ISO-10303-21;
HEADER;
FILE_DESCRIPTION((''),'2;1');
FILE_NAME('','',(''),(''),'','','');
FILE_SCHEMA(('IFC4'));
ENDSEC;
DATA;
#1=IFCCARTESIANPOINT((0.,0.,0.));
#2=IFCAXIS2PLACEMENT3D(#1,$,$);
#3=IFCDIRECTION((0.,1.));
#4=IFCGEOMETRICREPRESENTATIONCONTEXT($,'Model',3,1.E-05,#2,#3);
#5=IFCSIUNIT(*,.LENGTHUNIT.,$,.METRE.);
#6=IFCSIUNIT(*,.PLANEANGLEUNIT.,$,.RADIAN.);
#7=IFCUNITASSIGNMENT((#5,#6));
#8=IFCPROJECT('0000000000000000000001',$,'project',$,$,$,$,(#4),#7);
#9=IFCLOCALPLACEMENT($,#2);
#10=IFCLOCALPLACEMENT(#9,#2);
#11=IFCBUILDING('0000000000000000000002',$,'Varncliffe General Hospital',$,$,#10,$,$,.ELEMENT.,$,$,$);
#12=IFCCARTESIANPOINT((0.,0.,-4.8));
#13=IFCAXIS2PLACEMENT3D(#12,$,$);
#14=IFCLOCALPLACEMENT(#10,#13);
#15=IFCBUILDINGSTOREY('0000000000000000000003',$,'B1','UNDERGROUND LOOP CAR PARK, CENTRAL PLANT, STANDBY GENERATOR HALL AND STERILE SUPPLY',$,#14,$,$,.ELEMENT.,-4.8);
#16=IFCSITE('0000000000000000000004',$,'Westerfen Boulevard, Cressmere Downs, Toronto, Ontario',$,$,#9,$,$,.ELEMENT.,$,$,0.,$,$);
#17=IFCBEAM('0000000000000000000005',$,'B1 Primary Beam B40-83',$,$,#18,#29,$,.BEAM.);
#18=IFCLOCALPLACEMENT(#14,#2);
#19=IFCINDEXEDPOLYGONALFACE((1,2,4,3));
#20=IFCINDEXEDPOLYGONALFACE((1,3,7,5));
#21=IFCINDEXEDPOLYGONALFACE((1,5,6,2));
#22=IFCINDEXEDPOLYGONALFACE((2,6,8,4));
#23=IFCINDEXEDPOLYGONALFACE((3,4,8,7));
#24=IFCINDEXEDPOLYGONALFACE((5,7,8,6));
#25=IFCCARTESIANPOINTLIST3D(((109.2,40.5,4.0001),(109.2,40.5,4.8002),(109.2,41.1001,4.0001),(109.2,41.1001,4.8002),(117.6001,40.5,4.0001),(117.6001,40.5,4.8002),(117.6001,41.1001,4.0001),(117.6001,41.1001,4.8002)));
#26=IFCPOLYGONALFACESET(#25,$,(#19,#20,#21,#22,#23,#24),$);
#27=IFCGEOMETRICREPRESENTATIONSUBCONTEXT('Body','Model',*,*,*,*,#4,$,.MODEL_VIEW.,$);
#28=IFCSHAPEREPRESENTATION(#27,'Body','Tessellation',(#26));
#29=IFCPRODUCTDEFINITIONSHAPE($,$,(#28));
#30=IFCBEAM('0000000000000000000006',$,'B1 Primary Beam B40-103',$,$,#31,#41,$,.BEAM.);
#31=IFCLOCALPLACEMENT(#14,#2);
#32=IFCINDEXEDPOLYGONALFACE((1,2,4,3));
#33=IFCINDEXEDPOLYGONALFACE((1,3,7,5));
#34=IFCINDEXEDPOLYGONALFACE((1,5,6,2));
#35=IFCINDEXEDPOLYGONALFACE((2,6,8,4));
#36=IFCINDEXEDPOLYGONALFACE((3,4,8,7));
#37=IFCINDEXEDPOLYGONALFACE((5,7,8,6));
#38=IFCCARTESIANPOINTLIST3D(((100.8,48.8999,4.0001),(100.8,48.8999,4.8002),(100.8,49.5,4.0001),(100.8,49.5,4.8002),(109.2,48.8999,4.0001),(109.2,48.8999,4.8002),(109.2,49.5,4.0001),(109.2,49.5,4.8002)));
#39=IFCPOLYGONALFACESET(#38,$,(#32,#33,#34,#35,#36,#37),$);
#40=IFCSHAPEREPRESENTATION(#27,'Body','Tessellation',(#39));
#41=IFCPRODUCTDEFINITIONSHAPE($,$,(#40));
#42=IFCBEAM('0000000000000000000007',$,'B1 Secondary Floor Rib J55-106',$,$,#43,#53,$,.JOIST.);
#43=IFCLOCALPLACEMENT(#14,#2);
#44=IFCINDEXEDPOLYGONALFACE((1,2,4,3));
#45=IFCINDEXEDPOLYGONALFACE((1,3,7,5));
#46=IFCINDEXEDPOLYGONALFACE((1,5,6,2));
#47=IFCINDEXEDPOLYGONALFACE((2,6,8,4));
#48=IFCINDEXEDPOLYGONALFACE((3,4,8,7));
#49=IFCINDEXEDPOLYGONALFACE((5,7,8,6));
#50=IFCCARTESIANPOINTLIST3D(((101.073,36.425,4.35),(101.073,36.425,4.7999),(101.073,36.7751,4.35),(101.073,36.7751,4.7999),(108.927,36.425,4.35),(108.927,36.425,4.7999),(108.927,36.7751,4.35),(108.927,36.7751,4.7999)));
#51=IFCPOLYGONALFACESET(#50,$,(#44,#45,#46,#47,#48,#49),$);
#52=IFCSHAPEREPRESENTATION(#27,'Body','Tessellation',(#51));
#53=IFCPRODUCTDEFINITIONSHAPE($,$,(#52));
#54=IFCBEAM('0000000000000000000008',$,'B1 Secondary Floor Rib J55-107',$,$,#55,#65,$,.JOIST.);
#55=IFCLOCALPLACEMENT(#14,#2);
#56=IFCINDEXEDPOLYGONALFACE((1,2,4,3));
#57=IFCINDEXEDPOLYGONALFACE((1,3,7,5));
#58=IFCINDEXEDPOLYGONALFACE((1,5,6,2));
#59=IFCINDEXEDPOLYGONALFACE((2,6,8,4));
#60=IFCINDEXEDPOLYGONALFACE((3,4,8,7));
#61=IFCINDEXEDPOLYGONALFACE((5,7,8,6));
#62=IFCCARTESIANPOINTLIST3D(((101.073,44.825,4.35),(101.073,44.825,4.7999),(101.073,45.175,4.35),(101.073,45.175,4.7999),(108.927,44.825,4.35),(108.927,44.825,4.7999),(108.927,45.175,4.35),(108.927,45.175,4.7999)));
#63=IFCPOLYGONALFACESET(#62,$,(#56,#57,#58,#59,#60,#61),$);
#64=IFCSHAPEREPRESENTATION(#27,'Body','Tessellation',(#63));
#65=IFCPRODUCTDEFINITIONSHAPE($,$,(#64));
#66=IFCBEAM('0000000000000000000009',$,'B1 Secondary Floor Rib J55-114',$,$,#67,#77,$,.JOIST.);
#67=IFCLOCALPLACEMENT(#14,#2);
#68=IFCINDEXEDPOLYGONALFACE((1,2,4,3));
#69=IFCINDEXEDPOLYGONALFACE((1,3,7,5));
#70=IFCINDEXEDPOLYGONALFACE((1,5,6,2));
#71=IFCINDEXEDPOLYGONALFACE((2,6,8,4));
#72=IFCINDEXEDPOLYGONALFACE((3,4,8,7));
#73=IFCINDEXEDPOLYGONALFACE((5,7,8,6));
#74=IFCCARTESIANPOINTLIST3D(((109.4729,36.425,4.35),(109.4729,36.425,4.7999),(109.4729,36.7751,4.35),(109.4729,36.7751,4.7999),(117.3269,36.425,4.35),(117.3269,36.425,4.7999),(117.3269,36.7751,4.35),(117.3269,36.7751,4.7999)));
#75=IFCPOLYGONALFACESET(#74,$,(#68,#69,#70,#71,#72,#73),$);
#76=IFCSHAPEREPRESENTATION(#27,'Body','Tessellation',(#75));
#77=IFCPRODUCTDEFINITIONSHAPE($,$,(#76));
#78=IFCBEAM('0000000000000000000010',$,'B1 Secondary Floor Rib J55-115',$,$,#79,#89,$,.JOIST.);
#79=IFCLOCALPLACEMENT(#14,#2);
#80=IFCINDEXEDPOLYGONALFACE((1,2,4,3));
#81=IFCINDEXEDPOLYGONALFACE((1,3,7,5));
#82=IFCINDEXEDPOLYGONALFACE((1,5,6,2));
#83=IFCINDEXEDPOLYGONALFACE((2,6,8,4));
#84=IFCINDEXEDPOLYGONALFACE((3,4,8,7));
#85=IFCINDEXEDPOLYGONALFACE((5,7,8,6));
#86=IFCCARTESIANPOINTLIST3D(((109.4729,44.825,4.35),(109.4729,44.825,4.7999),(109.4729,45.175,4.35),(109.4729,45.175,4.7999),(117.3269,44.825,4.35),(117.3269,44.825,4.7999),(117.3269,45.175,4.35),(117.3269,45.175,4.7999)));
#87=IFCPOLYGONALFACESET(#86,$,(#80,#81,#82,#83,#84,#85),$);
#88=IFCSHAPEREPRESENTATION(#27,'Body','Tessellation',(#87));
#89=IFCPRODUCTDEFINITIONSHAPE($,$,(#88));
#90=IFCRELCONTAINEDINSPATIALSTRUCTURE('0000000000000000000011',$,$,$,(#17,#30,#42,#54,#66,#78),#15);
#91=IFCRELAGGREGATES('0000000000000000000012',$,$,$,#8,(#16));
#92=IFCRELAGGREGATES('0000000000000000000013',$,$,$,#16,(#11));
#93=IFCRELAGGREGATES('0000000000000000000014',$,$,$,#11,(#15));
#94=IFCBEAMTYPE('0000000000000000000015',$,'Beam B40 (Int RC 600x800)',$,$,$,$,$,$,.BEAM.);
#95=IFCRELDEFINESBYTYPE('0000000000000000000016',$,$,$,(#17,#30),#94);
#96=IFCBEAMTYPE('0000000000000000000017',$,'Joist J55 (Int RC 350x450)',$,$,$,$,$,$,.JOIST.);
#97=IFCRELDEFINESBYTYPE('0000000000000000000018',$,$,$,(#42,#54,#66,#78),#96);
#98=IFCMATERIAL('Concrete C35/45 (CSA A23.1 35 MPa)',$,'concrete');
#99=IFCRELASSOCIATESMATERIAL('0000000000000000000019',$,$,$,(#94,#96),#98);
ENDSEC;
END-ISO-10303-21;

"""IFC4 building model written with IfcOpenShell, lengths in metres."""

from ifc_helpers import new_model, si_unit, direction, frame, origin, origin_2d, place, context, subcontext, project, spatial, rectangle, extrude, material, material_profile, profile_set, type_object, element, save


model = new_model("IFC4")

# Units and contexts
model_context = context("Model", 3, precision=1e-05, world=origin(), true_north=direction((0.0, 1.0)))
body_context = subcontext(model_context, "Body", "Model", "MODEL_VIEW")
ifc_project = project(units=[si_unit("LENGTHUNIT", "METRE"), si_unit("PLANEANGLEUNIT", "RADIAN")], contexts=[model_context])

# Site, building, storey
site_placement = place(None, origin())
site = spatial("IfcSite", under=ifc_project, at=site_placement, Name="Westerfen Boulevard, Cressmere Downs, Toronto, Ontario", CompositionType="ELEMENT", RefElevation=0.0)
building_placement = place(site_placement, origin())
building = spatial("IfcBuilding", under=site, at=building_placement, Name="Varncliffe General Hospital", CompositionType="ELEMENT")
storey_placement = place(building_placement, frame((0.0, 0.0, -4.8)))
storey = spatial("IfcBuildingStorey", under=building, at=storey_placement, Name="B1", Description="UNDERGROUND LOOP CAR PARK, CENTRAL PLANT, STANDBY GENERATOR HALL AND STERILE SUPPLY", CompositionType="ELEMENT", Elevation=-4.8)

# Beams
ifc_material_1 = material(Name="Concrete C35/45 (CSA A23.1 35 MPa)", Category="concrete")
ifc_material_profile_1 = material_profile(ifc_material_1, rectangle(XDim=0.6001, YDim=0.8, at=origin_2d()), Name="RC 600x800")
ifc_profile_set_1 = profile_set([ifc_material_profile_1], Name="Concrete C35/45 (CSA A23.1 35 MPa)")
beam_type_1 = type_object("IfcBeamType", Name="Beam B40 (Int RC 600x800)", PredefinedType="BEAM", material=ifc_profile_set_1)
beam_1_placement = place(storey_placement, frame((109.2, 40.8, 4.4001), z_axis=(1.0, 0.0, 0.0), x_axis=(0.0, 1.0, 0.0)))
element("IfcBeam", 1, at=beam_1_placement, inside=storey, type_object=beam_type_1, Name="B1 Primary Beam B40-83", PredefinedType="BEAM", context=body_context, shape_type="SweptSolid", body=[
    extrude(rectangle(XDim=0.6001, YDim=0.8, at=origin_2d()), origin(), (0.0, 0.0, 1.0), 8.4001),
])
beam_2_placement = place(storey_placement, frame((100.8, 49.2, 4.4001), z_axis=(1.0, 0.0, 0.0), x_axis=(0.0, 1.0, 0.0)))
element("IfcBeam", 2, at=beam_2_placement, inside=storey, type_object=beam_type_1, Name="B1 Primary Beam B40-103", PredefinedType="BEAM", context=body_context, shape_type="SweptSolid", body=[
    extrude(rectangle(XDim=0.6001, YDim=0.8, at=origin_2d()), origin(), (0.0, 0.0, 1.0), 8.3999),
])
ifc_material_profile_2 = material_profile(ifc_material_1, rectangle(XDim=0.3501, YDim=0.45, at=origin_2d()), Name="RC 350x450")
ifc_profile_set_2 = profile_set([ifc_material_profile_2], Name="Concrete C35/45 (CSA A23.1 35 MPa)")
beam_type_2 = type_object("IfcBeamType", Name="Joist J55 (Int RC 350x450)", PredefinedType="JOIST", material=ifc_profile_set_2)
for number, where, z_axis, x_axis, name in (
    (3, (101.073, 36.6001, 4.575), (1.0, 0.0, 0.0), (0.0, 1.0, 0.0), "B1 Secondary Floor Rib J55-106"),
    (4, (101.073, 45.0, 4.575), (1.0, 0.0, 0.0), (0.0, 1.0, 0.0), "B1 Secondary Floor Rib J55-107"),
    (5, (109.4729, 36.6001, 4.575), (1.0, 0.0, 0.0), (0.0, 1.0, 0.0), "B1 Secondary Floor Rib J55-114"),
    (6, (109.4729, 45.0, 4.575), (1.0, 0.0, 0.0), (0.0, 1.0, 0.0), "B1 Secondary Floor Rib J55-115"),
):
    element("IfcBeam", number, at=place(storey_placement, frame(where, z_axis=z_axis, x_axis=x_axis)), inside=storey, type_object=beam_type_2, Name=name, PredefinedType="JOIST", context=body_context, shape_type="SweptSolid", body=[
        extrude(rectangle(XDim=0.3501, YDim=0.45, at=origin_2d()), origin(), (0.0, 0.0, 1.0), 7.854),
    ])

save(model, "model.ifc")
